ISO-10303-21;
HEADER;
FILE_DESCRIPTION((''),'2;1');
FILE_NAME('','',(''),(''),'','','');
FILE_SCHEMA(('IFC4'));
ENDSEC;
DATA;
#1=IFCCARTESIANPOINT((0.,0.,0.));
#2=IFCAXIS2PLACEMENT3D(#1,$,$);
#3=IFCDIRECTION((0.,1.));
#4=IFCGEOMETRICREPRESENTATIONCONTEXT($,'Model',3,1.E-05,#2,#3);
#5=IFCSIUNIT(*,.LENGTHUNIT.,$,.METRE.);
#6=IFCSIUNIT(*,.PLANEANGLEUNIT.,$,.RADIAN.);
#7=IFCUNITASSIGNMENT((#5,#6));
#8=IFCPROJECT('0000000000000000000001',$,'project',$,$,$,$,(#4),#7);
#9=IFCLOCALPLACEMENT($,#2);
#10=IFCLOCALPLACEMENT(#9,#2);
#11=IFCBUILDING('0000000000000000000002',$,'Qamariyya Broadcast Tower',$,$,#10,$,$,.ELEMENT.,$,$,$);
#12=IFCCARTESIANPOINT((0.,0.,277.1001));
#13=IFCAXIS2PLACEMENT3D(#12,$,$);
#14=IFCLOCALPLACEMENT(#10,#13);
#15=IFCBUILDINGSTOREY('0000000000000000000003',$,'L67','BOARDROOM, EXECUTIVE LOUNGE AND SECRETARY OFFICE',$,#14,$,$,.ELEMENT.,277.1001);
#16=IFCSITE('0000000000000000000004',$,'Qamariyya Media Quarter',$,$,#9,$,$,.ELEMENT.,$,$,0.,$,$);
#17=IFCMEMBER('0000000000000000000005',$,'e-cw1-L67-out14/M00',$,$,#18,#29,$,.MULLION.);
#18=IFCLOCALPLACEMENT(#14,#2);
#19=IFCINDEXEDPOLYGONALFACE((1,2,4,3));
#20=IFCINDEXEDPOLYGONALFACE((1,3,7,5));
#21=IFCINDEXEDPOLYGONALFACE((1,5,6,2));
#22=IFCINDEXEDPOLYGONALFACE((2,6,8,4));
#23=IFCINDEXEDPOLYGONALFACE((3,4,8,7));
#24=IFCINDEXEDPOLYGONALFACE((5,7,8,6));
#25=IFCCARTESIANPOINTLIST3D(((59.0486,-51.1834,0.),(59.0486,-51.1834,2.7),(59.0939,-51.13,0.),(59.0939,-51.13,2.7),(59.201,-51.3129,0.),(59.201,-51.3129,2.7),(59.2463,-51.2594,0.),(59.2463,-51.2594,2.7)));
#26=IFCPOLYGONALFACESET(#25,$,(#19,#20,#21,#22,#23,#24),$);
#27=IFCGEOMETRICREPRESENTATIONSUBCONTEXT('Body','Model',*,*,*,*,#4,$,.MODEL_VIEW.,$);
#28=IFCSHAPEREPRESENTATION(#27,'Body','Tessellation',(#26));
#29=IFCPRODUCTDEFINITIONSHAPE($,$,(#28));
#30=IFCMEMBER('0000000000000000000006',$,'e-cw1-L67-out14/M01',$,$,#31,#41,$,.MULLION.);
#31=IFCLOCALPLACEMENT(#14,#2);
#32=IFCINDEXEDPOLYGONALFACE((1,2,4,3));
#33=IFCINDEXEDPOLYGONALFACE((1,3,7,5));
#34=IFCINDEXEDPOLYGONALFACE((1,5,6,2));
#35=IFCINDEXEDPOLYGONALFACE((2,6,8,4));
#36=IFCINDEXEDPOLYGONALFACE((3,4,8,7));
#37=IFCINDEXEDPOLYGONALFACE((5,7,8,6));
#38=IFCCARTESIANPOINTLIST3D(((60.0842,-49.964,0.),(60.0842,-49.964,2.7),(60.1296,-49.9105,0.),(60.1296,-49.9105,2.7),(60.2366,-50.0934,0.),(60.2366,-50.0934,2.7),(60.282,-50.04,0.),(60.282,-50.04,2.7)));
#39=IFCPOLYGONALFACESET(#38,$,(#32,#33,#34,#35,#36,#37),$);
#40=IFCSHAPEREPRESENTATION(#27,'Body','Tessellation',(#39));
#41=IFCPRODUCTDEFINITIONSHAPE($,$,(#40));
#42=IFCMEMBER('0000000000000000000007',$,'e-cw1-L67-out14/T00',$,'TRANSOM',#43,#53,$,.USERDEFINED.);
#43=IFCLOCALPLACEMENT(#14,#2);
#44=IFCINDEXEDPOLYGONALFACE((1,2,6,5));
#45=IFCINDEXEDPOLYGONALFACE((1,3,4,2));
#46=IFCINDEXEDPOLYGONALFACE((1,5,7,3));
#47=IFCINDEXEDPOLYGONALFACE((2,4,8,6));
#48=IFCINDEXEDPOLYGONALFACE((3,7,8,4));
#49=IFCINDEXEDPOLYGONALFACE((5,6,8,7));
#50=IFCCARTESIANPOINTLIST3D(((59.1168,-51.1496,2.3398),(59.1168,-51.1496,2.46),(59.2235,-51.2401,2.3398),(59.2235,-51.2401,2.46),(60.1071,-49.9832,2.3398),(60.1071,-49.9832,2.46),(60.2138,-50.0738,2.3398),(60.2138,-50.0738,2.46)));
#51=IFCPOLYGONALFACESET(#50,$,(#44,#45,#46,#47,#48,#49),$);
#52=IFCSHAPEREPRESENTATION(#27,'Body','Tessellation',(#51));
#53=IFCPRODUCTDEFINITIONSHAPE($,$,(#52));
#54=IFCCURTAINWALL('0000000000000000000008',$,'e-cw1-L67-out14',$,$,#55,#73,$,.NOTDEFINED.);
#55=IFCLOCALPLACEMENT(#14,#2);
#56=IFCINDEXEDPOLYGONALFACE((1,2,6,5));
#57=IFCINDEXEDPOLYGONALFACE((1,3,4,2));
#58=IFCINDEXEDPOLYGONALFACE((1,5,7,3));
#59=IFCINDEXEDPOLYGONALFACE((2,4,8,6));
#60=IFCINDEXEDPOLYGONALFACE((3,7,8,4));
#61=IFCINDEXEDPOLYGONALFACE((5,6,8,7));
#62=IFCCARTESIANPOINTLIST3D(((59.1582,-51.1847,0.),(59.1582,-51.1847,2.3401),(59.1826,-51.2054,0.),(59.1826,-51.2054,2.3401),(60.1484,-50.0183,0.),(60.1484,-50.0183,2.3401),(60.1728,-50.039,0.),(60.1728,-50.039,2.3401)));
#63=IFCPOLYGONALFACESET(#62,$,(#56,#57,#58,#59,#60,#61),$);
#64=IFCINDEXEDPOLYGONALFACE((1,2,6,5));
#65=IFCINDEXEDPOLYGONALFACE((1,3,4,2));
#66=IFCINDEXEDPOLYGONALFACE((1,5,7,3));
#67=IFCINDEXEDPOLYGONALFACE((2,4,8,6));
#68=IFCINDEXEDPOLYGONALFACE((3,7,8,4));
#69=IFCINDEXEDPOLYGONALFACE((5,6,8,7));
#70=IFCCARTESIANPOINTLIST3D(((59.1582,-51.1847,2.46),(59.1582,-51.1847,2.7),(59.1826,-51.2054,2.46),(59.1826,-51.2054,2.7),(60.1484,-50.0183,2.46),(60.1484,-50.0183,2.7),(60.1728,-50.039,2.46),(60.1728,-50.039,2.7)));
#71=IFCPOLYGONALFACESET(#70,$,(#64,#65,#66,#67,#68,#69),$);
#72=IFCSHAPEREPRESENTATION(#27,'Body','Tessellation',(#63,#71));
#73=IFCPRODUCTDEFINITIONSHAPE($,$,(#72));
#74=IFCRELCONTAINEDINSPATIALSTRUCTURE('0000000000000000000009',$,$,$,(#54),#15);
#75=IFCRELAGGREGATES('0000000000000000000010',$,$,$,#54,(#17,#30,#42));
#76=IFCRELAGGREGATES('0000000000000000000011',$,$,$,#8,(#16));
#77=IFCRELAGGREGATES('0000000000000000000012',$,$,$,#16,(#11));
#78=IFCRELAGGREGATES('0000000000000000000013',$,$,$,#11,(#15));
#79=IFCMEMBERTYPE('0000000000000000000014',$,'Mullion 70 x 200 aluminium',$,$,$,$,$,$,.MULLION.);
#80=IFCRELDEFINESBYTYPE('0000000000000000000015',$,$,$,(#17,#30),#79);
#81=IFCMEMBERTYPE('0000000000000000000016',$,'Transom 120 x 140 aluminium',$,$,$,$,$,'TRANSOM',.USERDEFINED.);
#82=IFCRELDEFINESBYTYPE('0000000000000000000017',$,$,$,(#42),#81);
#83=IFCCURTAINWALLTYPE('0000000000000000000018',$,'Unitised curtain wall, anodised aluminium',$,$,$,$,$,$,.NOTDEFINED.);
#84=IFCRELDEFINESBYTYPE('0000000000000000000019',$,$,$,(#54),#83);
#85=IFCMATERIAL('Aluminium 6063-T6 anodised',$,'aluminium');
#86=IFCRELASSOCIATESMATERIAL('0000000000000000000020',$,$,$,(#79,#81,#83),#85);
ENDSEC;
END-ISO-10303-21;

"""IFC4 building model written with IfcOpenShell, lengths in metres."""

from ifc_helpers import new_model, si_unit, direction, frame, origin, origin_2d, place, context, subcontext, project, spatial, rectangle, extrude, material, material_profile, profile_set, type_object, element, aggregate, save


model = new_model("IFC4")

# Units and contexts
model_context = context("Model", 3, precision=1e-05, world=origin(), true_north=direction((0.0, 1.0)))
body_context = subcontext(model_context, "Body", "Model", "MODEL_VIEW")
ifc_project = project(units=[si_unit("LENGTHUNIT", "METRE"), si_unit("PLANEANGLEUNIT", "RADIAN")], contexts=[model_context])

# Members
ifc_material = material(Name="Aluminium 6063-T6 anodised", Category="aluminium")
ifc_material_profile_1 = material_profile(ifc_material, rectangle(XDim=0.2, YDim=0.0701, at=origin_2d()))
ifc_profile_set_1 = profile_set([ifc_material_profile_1], Name="Aluminium 6063-T6 anodised")
member_type_1 = type_object("IfcMemberType", Name="Mullion 70 x 200 aluminium", PredefinedType="MULLION", material=ifc_profile_set_1)
site_placement = place(None, origin())
building_placement = place(site_placement, origin())
storey_placement = place(building_placement, frame((0.0, 0.0, 277.1001)))
member_1_placement = place(storey_placement, frame((59.1475, -51.2214, 0.0), z_axis=(0.0, 0.0, 1.0), x_axis=(-0.762284, 0.647243, 0.0)))
member_1 = element("IfcMember", 1, at=member_1_placement, type_object=member_type_1, Name="e-cw1-L67-out14/M00", PredefinedType="MULLION", context=body_context, shape_type="SweptSolid", body=[
    extrude(rectangle(XDim=0.2, YDim=0.0701, at=origin_2d()), origin(), (0.0, 0.0, 1.0), 2.7),
])
member_2_placement = place(storey_placement, frame((60.1831, -50.002, 0.0), z_axis=(0.0, 0.0, 1.0), x_axis=(-0.762284, 0.647243, 0.0)))
member_2 = element("IfcMember", 2, at=member_2_placement, type_object=member_type_1, Name="e-cw1-L67-out14/M01", PredefinedType="MULLION", context=body_context, shape_type="SweptSolid", body=[
    extrude(rectangle(XDim=0.2, YDim=0.0701, at=origin_2d()), origin(), (0.0, 0.0, 1.0), 2.7),
])
ifc_material_profile_2 = material_profile(ifc_material, rectangle(XDim=0.1399, YDim=0.1201, at=origin_2d()))
ifc_profile_set_2 = profile_set([ifc_material_profile_2], Name="Aluminium 6063-T6 anodised")
member_type_2 = type_object("IfcMemberType", Name="Transom 120 x 140 aluminium", ElementType="TRANSOM", PredefinedType="USERDEFINED", material=ifc_profile_set_2)
member_3_placement = place(storey_placement, frame((59.1702, -51.1948, 2.3999), z_axis=(0.647236, 0.76229, 0.0), x_axis=(-0.76229, 0.647236, 0.0)))
member_3 = element("IfcMember", 3, at=member_3_placement, type_object=member_type_2, Name="e-cw1-L67-out14/T00", ObjectType="TRANSOM", PredefinedType="USERDEFINED", context=body_context, shape_type="SweptSolid", body=[
    extrude(rectangle(XDim=0.1399, YDim=0.1201, at=origin_2d()), origin(), (0.0, 0.0, 1.0), 1.53),
])

# Site, building, storey
site = spatial("IfcSite", under=ifc_project, at=site_placement, Name="Qamariyya Media Quarter", CompositionType="ELEMENT", RefElevation=0.0)
building = spatial("IfcBuilding", under=site, at=building_placement, Name="Qamariyya Broadcast Tower", CompositionType="ELEMENT")
storey = spatial("IfcBuildingStorey", under=building, at=storey_placement, Name="L67", Description="BOARDROOM, EXECUTIVE LOUNGE AND SECRETARY OFFICE", CompositionType="ELEMENT", Elevation=277.1001)

# Curtain wall
curtain_wall_type = type_object("IfcCurtainWallType", Name="Unitised curtain wall, anodised aluminium", PredefinedType="NOTDEFINED", material=ifc_material)
curtain_wall_1_placement = place(storey_placement, origin())
curtain_wall_1 = element("IfcCurtainWall", 4, at=curtain_wall_1_placement, inside=storey, type_object=curtain_wall_type, Name="e-cw1-L67-out14", PredefinedType="NOTDEFINED", context=body_context, shape_type="SweptSolid", body=[
    extrude(rectangle(XDim=1.53, YDim=0.032, at=origin_2d()), frame((59.6655, -50.6118, 0.0), x_axis=(0.64716, 0.762354, 0.0)), (0.0, 0.0, 1.0), 2.3401),
    extrude(rectangle(XDim=1.53, YDim=0.032, at=origin_2d()), frame((59.6655, -50.6118, 2.46), x_axis=(0.64716, 0.762354, 0.0)), (0.0, 0.0, 1.0), 0.24),
])
aggregate(curtain_wall_1, [member_1, member_2, member_3])

save(model, "model.ifc")
